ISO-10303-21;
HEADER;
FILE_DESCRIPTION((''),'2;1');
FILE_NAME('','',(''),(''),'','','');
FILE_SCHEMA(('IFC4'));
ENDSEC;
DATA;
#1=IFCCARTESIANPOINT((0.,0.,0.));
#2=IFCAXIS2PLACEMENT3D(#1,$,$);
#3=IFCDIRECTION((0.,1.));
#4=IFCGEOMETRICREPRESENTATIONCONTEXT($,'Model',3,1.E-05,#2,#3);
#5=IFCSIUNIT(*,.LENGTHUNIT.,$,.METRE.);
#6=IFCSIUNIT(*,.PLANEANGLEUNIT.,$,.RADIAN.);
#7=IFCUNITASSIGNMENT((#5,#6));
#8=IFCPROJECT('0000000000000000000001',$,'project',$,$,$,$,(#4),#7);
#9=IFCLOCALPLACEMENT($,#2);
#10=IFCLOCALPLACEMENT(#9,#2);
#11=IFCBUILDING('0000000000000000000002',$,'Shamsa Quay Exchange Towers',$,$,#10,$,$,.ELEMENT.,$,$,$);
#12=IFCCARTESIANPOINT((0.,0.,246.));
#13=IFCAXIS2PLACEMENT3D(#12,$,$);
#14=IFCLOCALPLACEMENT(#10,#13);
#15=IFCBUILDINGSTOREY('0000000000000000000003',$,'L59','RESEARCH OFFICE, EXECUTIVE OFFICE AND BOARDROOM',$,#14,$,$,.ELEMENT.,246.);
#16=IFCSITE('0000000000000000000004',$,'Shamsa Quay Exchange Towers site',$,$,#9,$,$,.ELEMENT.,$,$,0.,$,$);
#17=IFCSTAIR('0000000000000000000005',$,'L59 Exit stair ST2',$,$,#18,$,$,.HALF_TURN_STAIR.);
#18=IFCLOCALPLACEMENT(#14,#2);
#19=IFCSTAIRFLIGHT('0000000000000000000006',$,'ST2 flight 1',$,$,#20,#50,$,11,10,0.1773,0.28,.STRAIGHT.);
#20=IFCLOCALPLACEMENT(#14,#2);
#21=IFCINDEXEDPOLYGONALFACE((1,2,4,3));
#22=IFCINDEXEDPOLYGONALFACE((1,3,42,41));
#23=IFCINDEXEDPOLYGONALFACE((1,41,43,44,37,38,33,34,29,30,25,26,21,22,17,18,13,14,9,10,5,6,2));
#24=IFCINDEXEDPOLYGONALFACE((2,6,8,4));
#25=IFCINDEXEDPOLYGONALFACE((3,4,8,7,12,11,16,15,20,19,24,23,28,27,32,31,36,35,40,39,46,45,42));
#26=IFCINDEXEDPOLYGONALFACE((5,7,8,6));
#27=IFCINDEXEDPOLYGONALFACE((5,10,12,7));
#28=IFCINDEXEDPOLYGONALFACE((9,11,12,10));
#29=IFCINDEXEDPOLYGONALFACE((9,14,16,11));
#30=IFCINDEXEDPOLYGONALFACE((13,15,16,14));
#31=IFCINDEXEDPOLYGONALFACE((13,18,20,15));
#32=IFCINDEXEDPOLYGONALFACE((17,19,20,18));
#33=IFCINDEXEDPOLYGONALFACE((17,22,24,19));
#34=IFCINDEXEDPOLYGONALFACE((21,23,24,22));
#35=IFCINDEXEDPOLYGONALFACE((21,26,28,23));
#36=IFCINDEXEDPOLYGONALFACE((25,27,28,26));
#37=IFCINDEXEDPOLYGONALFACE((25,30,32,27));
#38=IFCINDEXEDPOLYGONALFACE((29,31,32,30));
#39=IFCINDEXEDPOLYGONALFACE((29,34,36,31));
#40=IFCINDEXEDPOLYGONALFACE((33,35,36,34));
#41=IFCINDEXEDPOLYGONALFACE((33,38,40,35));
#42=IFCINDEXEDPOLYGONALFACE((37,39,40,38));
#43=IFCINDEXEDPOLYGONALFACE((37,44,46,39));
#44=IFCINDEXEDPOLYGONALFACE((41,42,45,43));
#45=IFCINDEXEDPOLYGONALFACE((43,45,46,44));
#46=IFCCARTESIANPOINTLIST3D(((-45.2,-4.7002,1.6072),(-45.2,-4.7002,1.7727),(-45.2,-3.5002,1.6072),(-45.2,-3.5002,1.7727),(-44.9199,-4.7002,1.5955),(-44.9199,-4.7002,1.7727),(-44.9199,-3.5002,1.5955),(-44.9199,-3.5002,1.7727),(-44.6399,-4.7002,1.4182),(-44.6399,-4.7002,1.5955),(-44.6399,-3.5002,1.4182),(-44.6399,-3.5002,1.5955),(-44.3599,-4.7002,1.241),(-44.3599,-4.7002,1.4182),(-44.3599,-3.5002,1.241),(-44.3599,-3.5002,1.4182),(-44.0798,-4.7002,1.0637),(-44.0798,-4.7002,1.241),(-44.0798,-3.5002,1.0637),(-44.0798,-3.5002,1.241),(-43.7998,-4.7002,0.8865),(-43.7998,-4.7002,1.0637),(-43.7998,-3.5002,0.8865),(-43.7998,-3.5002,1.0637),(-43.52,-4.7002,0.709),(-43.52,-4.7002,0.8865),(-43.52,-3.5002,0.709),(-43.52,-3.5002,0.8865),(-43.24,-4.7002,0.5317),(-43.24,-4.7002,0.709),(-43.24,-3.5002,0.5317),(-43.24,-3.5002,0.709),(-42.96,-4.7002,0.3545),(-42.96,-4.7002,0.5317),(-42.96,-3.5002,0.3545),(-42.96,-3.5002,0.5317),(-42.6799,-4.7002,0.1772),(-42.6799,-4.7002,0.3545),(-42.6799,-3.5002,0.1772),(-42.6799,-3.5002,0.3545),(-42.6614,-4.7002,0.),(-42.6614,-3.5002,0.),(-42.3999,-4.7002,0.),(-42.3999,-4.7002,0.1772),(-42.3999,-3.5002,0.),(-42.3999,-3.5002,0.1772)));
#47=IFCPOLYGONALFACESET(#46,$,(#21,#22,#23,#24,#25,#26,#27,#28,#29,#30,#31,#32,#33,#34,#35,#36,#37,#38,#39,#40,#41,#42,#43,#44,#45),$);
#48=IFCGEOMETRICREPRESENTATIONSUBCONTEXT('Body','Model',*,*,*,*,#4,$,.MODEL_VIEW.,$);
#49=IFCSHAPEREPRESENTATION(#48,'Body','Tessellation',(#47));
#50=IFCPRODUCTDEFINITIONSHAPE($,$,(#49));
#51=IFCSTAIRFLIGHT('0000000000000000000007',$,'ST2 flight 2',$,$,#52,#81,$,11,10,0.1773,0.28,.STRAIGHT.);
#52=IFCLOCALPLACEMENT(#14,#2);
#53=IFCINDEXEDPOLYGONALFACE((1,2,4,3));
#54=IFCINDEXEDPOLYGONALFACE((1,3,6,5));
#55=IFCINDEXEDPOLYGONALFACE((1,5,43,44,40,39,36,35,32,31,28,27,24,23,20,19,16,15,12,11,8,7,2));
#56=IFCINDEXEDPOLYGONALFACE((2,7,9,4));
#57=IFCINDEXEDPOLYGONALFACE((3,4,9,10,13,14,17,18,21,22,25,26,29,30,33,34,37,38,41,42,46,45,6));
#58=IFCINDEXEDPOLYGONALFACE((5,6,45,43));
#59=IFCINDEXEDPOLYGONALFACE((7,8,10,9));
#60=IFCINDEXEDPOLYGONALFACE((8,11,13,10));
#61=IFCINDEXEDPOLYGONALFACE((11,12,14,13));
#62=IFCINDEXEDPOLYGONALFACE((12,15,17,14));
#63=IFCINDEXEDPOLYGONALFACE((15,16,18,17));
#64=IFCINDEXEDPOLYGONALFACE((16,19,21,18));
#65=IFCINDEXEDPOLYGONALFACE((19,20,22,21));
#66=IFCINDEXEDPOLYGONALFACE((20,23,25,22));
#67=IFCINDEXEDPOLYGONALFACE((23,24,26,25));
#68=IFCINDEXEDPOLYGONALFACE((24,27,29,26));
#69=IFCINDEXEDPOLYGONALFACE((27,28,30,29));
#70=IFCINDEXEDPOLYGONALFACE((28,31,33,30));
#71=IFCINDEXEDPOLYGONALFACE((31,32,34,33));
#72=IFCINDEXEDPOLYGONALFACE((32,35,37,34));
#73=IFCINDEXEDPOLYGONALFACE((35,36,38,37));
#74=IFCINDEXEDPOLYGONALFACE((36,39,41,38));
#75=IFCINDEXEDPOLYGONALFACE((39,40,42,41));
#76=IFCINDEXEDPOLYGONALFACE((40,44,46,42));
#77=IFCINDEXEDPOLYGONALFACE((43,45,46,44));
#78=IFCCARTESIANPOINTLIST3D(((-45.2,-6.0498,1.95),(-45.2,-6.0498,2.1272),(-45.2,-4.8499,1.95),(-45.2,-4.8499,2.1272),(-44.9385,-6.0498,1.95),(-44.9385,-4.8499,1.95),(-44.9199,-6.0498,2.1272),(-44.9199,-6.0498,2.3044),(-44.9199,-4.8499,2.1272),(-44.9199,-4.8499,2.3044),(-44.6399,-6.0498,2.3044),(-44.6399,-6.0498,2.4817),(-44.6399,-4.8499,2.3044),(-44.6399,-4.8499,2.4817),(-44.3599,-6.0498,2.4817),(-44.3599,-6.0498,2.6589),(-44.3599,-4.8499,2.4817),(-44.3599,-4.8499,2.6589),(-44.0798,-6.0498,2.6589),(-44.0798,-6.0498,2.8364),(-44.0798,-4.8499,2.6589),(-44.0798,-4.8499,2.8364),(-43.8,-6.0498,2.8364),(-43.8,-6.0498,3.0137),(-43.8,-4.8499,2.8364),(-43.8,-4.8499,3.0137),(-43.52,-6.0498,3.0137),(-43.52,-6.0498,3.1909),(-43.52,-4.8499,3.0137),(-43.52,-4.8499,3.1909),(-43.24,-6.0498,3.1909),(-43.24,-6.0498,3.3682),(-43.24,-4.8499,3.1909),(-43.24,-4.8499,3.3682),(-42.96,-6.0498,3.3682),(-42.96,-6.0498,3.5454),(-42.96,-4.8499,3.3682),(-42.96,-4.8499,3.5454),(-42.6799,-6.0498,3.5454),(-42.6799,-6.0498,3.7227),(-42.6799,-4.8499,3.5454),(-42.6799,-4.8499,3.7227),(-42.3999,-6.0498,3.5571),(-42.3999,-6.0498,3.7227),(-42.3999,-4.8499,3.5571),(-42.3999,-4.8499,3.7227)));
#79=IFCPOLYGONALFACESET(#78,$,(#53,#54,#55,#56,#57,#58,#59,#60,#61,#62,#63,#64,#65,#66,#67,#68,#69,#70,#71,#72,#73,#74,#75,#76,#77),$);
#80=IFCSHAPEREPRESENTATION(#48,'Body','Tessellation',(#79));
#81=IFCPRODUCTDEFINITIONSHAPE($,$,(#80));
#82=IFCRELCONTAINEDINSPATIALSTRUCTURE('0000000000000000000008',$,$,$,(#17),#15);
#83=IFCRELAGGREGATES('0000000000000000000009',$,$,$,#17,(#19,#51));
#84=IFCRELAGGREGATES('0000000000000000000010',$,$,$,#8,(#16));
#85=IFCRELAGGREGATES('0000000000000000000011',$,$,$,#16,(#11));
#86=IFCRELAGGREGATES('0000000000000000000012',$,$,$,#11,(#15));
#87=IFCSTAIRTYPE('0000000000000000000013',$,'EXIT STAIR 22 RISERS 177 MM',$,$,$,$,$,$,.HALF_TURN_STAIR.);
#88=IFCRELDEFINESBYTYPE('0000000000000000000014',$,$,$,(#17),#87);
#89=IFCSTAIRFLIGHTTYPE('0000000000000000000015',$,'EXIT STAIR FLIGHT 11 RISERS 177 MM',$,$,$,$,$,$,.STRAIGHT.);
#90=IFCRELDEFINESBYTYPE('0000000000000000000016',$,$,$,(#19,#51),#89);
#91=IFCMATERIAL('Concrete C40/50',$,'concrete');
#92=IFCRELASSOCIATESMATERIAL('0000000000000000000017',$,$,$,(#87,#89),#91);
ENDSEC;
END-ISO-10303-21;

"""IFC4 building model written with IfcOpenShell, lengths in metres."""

from ifc_helpers import new_model, si_unit, direction, frame, origin, place, context, subcontext, project, spatial, polyline, outline, extrude, material, type_object, element, aggregate, save


model = new_model("IFC4")

# Units and contexts
model_context = context("Model", 3, precision=1e-05, world=origin(), true_north=direction((0.0, 1.0)))
body_context = subcontext(model_context, "Body", "Model", "MODEL_VIEW")
ifc_project = project(units=[si_unit("LENGTHUNIT", "METRE"), si_unit("PLANEANGLEUNIT", "RADIAN")], contexts=[model_context])

# Site, building, storey
site_placement = place(None, origin())
site = spatial("IfcSite", under=ifc_project, at=site_placement, Name="Shamsa Quay Exchange Towers site", CompositionType="ELEMENT", RefElevation=0.0)
building_placement = place(site_placement, origin())
building = spatial("IfcBuilding", under=site, at=building_placement, Name="Shamsa Quay Exchange Towers", CompositionType="ELEMENT")
storey_placement = place(building_placement, frame((0.0, 0.0, 246.0)))
storey = spatial("IfcBuildingStorey", under=building, at=storey_placement, Name="L59", Description="RESEARCH OFFICE, EXECUTIVE OFFICE AND BOARDROOM", CompositionType="ELEMENT", Elevation=246.0)

# Stair, stair flights
ifc_material_1 = material(Name="Concrete C40/50", Category="concrete")
stair_type = type_object("IfcStairType", Name="EXIT STAIR 22 RISERS 177 MM", PredefinedType="HALF_TURN_STAIR", material=ifc_material_1)
stair_placement = place(storey_placement, origin())
stair = element("IfcStair", 1, at=stair_placement, inside=storey, type_object=stair_type, Name="L59 Exit stair ST2", PredefinedType="HALF_TURN_STAIR")
stair_flight_type = type_object("IfcStairFlightType", Name="EXIT STAIR FLIGHT 11 RISERS 177 MM", PredefinedType="STRAIGHT", material=ifc_material_1)
stair_flight_1_placement = place(storey_placement, frame((-42.3999, -4.1001, 0.0), z_axis=(0.0, 0.0, 1.0), x_axis=(-1.0, 0.0, 0.0)))
stair_flight_1 = element("IfcStairFlight", 2, at=stair_flight_1_placement, type_object=stair_flight_type, Name="ST2 flight 1", NumberOfRisers=11, NumberOfTreads=10, PredefinedType="STRAIGHT", RiserHeight=0.1773, TreadLength=0.28, context=body_context, shape_type="SweptSolid", body=[
    extrude(outline(polyline([(0.0, 0.0), (0.0, 0.1772), (0.28, 0.1772), (0.28, 0.3545), (0.5601, 0.3545), (0.5601, 0.5317), (0.8401, 0.5317), (0.8401, 0.709), (1.1201, 0.709), (1.1201, 0.8865), (1.3999, 0.8865), (1.3999, 1.0637), (1.6799, 1.0637), (1.6799, 1.241), (1.96, 1.241), (1.96, 1.4182), (2.24, 1.4182), (2.24, 1.5955), (2.52, 1.5955), (2.52, 1.7727), (2.8, 1.7727), (2.8, 1.95), (2.8, 1.6072), (0.2615, 0.0), (0.0, 0.0)])), frame((0.0, 0.6001, 0.0), z_axis=(0.0, -1.0, 0.0), x_axis=(1.0, 0.0, 0.0)), (0.0, 0.0, 1.0), 1.2),
])
stair_flight_2_placement = place(storey_placement, frame((-45.2, -5.45, 1.95)))
stair_flight_2 = element("IfcStairFlight", 3, at=stair_flight_2_placement, type_object=stair_flight_type, Name="ST2 flight 2", NumberOfRisers=11, NumberOfTreads=10, PredefinedType="STRAIGHT", RiserHeight=0.1773, TreadLength=0.28, context=body_context, shape_type="SweptSolid", body=[
    extrude(outline(polyline([(0.0, 0.0), (0.0, 0.1772), (0.28, 0.1772), (0.28, 0.3545), (0.5601, 0.3545), (0.5601, 0.5317), (0.8401, 0.5317), (0.8401, 0.709), (1.1201, 0.709), (1.1201, 0.8865), (1.3999, 0.8865), (1.3999, 1.0637), (1.6799, 1.0637), (1.6799, 1.241), (1.96, 1.241), (1.96, 1.4182), (2.24, 1.4182), (2.24, 1.5955), (2.52, 1.5955), (2.52, 1.7727), (2.8, 1.7727), (2.8, 1.95), (2.8, 1.6072), (0.2615, 0.0), (0.0, 0.0)])), frame((0.0, 0.6001, 0.0), z_axis=(0.0, -1.0, 0.0), x_axis=(1.0, 0.0, 0.0)), (0.0, 0.0, 1.0), 1.2),
])
aggregate(stair, [stair_flight_1, stair_flight_2])

save(model, "model.ifc")
